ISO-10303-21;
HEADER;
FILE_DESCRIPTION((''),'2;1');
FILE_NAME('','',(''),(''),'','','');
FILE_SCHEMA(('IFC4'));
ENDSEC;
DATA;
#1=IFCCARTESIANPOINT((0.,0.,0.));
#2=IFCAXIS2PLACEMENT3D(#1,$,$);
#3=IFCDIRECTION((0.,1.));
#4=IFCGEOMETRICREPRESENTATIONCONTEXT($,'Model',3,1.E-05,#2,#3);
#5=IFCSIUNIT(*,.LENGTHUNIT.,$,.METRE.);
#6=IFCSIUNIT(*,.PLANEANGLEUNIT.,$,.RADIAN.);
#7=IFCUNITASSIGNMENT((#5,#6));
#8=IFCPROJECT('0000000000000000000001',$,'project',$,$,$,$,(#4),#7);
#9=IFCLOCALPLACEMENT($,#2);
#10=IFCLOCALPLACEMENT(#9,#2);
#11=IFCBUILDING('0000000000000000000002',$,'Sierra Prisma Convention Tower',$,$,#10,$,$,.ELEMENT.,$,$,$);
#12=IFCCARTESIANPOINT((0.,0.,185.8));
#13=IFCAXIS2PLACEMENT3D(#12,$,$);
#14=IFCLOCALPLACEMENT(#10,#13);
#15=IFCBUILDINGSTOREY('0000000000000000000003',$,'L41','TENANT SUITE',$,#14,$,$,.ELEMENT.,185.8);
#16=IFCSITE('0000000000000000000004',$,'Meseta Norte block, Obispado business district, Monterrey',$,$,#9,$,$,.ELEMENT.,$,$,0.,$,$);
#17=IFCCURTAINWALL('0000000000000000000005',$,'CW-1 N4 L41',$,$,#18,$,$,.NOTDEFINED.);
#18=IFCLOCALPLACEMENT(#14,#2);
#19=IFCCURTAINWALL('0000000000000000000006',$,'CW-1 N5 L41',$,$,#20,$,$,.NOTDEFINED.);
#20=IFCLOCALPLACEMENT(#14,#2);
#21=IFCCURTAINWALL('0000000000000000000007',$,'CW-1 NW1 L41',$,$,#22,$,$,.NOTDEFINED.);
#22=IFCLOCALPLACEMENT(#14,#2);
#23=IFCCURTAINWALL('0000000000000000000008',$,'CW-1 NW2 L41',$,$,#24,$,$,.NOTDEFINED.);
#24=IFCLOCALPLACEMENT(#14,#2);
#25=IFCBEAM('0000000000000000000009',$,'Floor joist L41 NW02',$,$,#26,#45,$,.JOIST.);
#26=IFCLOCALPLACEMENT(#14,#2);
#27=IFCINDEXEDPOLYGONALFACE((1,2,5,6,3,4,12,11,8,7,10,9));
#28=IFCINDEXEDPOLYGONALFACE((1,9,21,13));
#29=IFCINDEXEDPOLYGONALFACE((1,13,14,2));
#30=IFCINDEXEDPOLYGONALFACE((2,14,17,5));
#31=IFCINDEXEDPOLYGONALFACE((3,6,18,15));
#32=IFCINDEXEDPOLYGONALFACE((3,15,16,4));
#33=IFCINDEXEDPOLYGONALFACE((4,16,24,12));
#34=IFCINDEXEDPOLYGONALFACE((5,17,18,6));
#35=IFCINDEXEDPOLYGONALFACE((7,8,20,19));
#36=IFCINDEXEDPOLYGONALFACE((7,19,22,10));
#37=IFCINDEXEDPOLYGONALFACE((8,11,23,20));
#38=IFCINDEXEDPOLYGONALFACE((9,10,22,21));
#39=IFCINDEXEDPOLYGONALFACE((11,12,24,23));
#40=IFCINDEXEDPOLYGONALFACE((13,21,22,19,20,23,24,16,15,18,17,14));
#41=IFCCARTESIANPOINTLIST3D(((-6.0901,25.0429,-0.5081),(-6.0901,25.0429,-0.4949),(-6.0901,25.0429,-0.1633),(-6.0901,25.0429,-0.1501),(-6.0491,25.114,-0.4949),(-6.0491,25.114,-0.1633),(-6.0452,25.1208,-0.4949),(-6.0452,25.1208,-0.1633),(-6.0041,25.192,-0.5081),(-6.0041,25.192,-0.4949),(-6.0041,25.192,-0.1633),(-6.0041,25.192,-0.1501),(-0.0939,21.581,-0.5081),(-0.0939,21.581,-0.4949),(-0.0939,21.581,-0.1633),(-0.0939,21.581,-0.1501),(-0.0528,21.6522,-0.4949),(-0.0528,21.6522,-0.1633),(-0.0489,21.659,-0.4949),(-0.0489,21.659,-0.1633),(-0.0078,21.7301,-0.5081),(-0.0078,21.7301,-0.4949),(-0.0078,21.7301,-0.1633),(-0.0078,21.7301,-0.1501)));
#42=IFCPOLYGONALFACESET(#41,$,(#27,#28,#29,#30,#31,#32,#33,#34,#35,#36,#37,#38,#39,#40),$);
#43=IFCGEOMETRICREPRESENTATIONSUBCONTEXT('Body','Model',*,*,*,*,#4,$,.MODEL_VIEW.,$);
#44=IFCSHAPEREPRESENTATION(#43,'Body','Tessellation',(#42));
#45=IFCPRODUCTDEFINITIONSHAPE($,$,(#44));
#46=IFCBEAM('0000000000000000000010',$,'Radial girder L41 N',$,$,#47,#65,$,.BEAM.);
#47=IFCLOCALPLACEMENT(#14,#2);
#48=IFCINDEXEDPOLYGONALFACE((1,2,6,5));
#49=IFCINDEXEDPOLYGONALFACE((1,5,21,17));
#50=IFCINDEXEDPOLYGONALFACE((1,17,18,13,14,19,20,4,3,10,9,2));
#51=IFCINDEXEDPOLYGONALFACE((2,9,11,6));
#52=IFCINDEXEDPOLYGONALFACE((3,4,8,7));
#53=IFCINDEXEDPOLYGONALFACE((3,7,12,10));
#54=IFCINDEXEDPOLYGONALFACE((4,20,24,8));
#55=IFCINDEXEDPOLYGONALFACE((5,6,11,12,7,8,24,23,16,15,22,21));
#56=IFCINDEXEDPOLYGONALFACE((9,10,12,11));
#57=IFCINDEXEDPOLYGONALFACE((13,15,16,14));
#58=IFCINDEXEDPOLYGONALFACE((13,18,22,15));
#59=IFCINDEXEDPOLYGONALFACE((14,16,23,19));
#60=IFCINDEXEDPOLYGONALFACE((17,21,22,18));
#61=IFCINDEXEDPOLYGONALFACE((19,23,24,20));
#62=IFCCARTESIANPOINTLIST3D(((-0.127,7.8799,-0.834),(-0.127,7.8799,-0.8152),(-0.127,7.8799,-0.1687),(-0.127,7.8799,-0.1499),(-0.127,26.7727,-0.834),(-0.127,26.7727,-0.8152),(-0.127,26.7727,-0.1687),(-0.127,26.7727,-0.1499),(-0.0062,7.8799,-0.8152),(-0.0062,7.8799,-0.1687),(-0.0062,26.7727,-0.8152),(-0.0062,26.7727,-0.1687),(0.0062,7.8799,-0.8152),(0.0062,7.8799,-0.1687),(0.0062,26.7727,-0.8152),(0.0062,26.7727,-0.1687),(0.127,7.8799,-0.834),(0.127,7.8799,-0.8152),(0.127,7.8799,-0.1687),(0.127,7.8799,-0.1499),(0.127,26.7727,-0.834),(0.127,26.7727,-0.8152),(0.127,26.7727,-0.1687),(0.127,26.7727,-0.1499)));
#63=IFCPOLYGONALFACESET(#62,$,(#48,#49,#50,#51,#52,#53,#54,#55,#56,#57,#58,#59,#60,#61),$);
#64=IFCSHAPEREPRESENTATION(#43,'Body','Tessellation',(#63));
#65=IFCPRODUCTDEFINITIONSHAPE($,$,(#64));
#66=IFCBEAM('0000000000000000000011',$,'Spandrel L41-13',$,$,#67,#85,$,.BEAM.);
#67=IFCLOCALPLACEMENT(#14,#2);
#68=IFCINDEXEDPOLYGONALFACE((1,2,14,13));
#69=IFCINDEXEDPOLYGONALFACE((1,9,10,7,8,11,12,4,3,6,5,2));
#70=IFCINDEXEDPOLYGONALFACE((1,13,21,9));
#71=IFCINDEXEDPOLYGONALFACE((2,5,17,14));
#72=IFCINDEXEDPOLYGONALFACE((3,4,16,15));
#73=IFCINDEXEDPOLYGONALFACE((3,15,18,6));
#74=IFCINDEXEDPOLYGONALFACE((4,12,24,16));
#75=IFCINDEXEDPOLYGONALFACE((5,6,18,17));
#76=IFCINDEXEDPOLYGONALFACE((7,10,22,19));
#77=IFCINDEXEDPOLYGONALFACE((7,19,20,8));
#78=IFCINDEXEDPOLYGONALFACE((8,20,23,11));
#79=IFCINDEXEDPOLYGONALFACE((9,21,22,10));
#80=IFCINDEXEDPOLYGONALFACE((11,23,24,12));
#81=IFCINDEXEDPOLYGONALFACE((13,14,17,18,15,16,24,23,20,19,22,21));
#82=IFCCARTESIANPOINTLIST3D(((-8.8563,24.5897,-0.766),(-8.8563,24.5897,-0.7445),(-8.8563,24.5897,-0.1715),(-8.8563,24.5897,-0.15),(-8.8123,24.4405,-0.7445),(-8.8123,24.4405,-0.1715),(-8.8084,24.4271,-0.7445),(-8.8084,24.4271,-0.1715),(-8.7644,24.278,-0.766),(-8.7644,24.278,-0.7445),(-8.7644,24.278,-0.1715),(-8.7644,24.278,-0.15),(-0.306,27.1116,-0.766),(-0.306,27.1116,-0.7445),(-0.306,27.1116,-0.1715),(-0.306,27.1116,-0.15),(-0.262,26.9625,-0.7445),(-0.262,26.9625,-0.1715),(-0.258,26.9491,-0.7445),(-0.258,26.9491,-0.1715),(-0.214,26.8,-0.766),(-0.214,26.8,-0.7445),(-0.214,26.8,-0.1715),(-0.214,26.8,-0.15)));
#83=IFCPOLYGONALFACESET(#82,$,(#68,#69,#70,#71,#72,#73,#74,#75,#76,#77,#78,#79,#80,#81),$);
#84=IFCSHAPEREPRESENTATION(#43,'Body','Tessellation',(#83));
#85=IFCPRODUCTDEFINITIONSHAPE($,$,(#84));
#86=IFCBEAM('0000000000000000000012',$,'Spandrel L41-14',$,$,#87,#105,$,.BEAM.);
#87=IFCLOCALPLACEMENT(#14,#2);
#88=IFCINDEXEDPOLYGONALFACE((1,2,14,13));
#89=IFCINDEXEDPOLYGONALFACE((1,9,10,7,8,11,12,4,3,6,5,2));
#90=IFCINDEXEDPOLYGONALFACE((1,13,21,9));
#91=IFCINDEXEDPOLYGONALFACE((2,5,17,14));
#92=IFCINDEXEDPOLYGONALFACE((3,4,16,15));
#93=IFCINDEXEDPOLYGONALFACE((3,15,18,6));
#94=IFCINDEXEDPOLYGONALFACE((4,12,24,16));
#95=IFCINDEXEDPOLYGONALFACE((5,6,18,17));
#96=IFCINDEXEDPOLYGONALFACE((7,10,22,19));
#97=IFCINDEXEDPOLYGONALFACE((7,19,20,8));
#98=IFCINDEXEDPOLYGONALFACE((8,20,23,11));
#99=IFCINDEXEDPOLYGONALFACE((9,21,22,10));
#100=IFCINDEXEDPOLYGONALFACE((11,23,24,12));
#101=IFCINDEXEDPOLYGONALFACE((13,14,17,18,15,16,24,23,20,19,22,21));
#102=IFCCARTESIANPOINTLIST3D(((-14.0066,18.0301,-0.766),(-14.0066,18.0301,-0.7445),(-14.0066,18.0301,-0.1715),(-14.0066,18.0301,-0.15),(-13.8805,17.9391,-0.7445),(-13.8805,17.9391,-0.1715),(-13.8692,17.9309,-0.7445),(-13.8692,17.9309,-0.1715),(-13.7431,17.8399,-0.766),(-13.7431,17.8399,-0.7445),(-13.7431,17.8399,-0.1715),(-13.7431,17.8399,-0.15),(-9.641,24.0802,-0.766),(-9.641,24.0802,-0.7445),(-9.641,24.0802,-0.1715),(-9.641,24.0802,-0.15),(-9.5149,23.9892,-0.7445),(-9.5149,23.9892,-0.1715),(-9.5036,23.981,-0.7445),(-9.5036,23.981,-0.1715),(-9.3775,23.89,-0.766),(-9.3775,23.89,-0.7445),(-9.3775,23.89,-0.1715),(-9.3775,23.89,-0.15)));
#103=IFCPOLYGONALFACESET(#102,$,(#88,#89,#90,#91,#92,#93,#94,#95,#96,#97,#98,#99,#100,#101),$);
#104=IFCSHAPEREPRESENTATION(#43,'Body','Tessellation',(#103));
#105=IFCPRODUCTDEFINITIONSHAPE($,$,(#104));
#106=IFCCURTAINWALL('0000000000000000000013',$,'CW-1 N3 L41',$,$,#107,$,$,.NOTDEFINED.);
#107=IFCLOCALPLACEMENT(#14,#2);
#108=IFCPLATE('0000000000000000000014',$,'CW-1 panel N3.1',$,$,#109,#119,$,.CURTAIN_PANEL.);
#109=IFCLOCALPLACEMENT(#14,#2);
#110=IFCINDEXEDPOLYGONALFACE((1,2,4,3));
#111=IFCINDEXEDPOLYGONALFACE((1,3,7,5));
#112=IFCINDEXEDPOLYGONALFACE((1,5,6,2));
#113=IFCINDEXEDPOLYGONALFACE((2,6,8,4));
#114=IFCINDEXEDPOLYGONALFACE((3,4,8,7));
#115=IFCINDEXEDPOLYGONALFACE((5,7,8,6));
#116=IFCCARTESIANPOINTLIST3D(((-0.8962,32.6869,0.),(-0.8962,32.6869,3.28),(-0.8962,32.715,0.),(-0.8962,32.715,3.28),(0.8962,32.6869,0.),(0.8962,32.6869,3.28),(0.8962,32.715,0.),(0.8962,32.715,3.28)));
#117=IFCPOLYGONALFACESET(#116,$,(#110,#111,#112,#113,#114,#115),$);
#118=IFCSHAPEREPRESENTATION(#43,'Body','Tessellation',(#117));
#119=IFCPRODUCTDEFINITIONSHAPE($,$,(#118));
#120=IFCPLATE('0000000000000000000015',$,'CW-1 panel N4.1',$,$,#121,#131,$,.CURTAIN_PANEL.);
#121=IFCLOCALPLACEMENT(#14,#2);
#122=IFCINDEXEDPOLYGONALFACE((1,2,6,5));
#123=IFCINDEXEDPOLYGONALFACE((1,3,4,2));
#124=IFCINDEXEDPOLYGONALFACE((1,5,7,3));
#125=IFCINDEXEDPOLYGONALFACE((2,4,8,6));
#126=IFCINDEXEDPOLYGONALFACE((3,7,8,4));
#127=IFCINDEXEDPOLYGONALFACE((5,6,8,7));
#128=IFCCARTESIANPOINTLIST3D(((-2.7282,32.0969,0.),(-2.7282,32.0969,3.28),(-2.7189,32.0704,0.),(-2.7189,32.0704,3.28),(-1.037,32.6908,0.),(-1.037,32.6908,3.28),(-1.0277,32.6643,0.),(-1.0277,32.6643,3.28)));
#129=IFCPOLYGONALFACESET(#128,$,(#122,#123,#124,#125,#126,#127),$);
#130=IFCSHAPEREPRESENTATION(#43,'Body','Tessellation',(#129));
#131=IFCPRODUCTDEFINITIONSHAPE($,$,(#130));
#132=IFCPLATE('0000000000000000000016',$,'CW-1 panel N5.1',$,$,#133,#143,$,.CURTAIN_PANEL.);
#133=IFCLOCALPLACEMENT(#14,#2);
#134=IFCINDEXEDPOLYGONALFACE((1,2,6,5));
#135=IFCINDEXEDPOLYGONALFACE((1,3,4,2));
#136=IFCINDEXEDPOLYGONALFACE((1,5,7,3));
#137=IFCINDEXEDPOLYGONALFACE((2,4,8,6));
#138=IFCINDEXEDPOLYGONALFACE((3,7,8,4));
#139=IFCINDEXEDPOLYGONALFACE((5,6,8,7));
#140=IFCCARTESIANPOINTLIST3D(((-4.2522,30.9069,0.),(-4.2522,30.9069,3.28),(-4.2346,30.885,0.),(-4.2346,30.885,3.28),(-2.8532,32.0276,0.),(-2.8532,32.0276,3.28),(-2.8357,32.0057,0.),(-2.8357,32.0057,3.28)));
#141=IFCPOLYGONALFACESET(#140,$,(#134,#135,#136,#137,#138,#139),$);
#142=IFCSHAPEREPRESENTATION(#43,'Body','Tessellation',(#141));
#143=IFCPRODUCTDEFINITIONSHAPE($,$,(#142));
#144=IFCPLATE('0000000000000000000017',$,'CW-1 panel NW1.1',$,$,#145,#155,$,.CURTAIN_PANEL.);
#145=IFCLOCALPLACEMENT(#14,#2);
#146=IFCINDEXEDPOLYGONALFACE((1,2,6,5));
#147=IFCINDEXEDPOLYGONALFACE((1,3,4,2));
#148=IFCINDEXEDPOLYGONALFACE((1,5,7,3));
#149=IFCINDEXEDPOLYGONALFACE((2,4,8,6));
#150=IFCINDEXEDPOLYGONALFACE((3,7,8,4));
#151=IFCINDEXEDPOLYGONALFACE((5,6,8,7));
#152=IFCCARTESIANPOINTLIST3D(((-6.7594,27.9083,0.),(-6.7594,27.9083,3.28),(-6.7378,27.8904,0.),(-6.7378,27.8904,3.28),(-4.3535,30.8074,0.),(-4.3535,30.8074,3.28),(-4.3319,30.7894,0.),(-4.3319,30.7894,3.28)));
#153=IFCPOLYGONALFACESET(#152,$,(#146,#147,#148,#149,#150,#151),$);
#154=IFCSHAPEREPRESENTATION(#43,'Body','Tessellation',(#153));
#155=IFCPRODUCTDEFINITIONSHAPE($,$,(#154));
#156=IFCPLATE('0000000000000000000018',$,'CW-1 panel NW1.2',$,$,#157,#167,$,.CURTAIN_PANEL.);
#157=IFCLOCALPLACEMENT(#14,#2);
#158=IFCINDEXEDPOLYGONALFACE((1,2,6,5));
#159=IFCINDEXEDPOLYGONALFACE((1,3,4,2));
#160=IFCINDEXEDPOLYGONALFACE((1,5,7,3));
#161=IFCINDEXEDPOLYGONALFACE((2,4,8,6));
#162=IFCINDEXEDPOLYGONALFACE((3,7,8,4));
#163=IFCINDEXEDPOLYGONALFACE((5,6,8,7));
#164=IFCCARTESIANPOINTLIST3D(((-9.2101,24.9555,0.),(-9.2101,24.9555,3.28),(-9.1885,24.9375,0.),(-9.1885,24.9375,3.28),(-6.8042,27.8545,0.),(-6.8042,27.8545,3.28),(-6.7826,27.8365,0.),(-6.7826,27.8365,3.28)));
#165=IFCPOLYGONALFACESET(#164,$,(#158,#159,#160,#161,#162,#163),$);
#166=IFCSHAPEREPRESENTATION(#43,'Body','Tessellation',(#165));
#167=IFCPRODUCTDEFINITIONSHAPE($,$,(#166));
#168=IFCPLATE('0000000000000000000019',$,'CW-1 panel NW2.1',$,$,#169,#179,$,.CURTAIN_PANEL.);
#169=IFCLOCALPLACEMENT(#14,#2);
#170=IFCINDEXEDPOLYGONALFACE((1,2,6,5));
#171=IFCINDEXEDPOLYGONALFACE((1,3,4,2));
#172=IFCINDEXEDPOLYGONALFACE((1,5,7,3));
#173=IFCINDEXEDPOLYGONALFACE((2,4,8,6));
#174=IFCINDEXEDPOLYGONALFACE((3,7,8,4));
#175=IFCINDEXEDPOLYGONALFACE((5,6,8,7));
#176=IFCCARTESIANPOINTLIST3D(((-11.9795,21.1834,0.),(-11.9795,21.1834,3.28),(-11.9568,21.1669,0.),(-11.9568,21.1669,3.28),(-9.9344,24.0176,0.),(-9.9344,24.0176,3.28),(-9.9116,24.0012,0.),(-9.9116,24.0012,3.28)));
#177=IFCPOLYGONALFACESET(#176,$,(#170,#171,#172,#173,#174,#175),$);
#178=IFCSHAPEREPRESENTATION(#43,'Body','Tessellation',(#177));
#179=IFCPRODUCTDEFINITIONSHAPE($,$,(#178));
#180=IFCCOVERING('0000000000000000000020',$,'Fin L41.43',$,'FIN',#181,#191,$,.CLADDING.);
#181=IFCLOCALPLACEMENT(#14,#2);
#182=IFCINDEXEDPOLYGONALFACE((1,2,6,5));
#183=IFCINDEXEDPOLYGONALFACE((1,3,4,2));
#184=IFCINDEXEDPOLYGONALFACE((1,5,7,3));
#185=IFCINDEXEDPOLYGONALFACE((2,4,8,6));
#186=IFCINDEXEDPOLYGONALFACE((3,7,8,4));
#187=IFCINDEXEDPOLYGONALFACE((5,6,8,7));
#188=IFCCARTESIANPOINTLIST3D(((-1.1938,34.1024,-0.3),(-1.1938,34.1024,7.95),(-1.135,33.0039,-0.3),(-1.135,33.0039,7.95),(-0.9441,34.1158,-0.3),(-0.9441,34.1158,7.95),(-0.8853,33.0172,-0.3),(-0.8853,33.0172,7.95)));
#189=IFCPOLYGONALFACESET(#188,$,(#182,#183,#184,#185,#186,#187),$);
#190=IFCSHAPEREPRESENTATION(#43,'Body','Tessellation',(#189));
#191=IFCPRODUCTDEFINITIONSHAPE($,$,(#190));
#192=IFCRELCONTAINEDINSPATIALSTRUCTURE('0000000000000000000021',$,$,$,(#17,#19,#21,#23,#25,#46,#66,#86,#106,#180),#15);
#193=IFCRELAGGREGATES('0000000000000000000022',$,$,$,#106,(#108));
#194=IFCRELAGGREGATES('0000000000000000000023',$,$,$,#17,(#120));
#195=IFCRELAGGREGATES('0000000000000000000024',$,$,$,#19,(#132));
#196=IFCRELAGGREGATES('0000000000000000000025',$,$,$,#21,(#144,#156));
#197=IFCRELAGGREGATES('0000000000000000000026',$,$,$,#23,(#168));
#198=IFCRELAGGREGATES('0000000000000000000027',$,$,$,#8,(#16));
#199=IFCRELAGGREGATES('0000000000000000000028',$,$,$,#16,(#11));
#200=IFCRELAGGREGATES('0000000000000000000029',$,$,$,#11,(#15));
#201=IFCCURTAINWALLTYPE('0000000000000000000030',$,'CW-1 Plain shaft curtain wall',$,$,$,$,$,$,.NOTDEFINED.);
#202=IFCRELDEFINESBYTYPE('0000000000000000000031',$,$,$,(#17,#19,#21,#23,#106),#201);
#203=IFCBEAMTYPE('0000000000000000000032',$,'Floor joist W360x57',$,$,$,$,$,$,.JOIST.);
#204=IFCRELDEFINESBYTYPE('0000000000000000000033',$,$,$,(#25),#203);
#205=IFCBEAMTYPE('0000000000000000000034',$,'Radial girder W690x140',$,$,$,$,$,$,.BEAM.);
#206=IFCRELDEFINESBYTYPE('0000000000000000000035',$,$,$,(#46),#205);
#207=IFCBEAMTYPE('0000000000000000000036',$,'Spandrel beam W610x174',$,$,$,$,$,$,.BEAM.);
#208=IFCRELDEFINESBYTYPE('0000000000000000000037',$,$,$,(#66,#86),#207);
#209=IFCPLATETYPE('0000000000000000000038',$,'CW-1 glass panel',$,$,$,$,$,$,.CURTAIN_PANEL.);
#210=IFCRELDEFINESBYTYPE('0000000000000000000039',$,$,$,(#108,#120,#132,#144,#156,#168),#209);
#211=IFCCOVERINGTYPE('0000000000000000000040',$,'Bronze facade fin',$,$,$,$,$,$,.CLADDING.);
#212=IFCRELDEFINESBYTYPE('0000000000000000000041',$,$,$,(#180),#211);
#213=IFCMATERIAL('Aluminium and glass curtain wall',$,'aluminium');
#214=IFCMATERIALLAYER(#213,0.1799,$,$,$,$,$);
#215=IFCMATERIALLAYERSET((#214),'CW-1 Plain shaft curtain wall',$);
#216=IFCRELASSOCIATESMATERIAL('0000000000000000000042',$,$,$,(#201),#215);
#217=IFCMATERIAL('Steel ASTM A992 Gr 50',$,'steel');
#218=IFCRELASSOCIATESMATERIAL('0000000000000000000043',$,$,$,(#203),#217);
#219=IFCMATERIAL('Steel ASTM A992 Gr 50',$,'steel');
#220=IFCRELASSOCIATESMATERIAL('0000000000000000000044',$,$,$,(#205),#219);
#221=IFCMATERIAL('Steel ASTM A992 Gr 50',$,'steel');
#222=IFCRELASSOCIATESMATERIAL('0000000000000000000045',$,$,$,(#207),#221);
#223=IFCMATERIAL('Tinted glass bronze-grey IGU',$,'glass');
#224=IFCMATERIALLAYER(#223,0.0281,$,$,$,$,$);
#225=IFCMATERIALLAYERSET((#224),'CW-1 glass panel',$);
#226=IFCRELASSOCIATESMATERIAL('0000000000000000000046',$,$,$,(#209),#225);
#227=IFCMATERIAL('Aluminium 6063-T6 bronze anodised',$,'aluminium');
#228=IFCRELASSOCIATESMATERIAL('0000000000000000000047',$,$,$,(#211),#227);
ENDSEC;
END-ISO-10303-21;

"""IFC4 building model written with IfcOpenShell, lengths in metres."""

from ifc_helpers import new_model, si_unit, direction, frame, origin, origin_2d, place, context, subcontext, project, spatial, rectangle, i_section, extrude, material, layer, layer_set, material_profile, profile_set, type_object, element, aggregate, save


model = new_model("IFC4")

# Units and contexts
model_context = context("Model", 3, precision=1e-05, world=origin(), true_north=direction((0.0, 1.0)))
body_context = subcontext(model_context, "Body", "Model", "MODEL_VIEW")
ifc_project = project(units=[si_unit("LENGTHUNIT", "METRE"), si_unit("PLANEANGLEUNIT", "RADIAN")], contexts=[model_context])

# Site, building, storey
site_placement = place(None, origin())
site = spatial("IfcSite", under=ifc_project, at=site_placement, Name="Meseta Norte block, Obispado business district, Monterrey", CompositionType="ELEMENT", RefElevation=0.0)
building_placement = place(site_placement, origin())
building = spatial("IfcBuilding", under=site, at=building_placement, Name="Sierra Prisma Convention Tower", CompositionType="ELEMENT")
storey_placement = place(building_placement, frame((0.0, 0.0, 185.8)))
storey = spatial("IfcBuildingStorey", under=building, at=storey_placement, Name="L41", Description="TENANT SUITE", CompositionType="ELEMENT", Elevation=185.8)

# Curtain walls
ifc_material_1 = material(Name="Aluminium and glass curtain wall", Category="aluminium")
ifc_layer_1 = layer(ifc_material_1, 0.1799)
ifc_layer_set_1 = layer_set([ifc_layer_1], Name="CW-1 Plain shaft curtain wall")
curtain_wall_type = type_object("IfcCurtainWallType", Name="CW-1 Plain shaft curtain wall", PredefinedType="NOTDEFINED", material=ifc_layer_set_1)
curtain_wall_1_placement = place(storey_placement, origin())
curtain_wall_1 = element("IfcCurtainWall", 1, at=curtain_wall_1_placement, inside=storey, type_object=curtain_wall_type, Name="CW-1 N4 L41", PredefinedType="NOTDEFINED")
curtain_wall_2_placement = place(storey_placement, origin())
curtain_wall_2 = element("IfcCurtainWall", 2, at=curtain_wall_2_placement, inside=storey, type_object=curtain_wall_type, Name="CW-1 N5 L41", PredefinedType="NOTDEFINED")

# Curtain wall
curtain_wall_3_placement = place(storey_placement, origin())
curtain_wall_3 = element("IfcCurtainWall", 3, at=curtain_wall_3_placement, inside=storey, type_object=curtain_wall_type, Name="CW-1 NW1 L41", PredefinedType="NOTDEFINED")

# Curtain wall
curtain_wall_4_placement = place(storey_placement, origin())
curtain_wall_4 = element("IfcCurtainWall", 4, at=curtain_wall_4_placement, inside=storey, type_object=curtain_wall_type, Name="CW-1 NW2 L41", PredefinedType="NOTDEFINED")

# Beams
ifc_material_2 = material(Name="Steel ASTM A992 Gr 50", Category="steel")
ifc_material_profile_1 = material_profile(ifc_material_2, i_section(OverallWidth=0.1721, OverallDepth=0.3579, WebThickness=0.0078, FlangeThickness=0.0132, at=origin_2d()), Name="W360x57")
ifc_profile_set_1 = profile_set([ifc_material_profile_1], Name="Steel ASTM A992 Gr 50")
beam_type_1 = type_object("IfcBeamType", Name="Floor joist W360x57", PredefinedType="JOIST", material=ifc_profile_set_1)
beam_1_placement = place(storey_placement, frame((-6.0471, 25.1174, -0.3291), z_axis=(0.86603, -0.499992, 0.0), x_axis=(0.499992, 0.86603, 0.0)))
element("IfcBeam", 5, at=beam_1_placement, inside=storey, type_object=beam_type_1, Name="Floor joist L41 NW02", PredefinedType="JOIST", context=body_context, shape_type="SweptSolid", body=[
    extrude(i_section(OverallWidth=0.1721, OverallDepth=0.3579, WebThickness=0.0078, FlangeThickness=0.0132, at=origin_2d()), origin(), (0.0, 0.0, 1.0), 6.9238),
])
ifc_material_3 = material(Name="Steel ASTM A992 Gr 50", Category="steel")
ifc_material_profile_2 = material_profile(ifc_material_3, i_section(OverallWidth=0.2539, OverallDepth=0.6841, WebThickness=0.0125, FlangeThickness=0.0188, at=origin_2d()), Name="W690x140")
ifc_profile_set_2 = profile_set([ifc_material_profile_2], Name="Steel ASTM A992 Gr 50")
beam_type_2 = type_object("IfcBeamType", Name="Radial girder W690x140", PredefinedType="BEAM", material=ifc_profile_set_2)
beam_2_placement = place(storey_placement, frame((0.0, 26.7727, -0.4919), z_axis=(0.0, -1.0, 0.0), x_axis=(1.0, 0.0, 0.0)))
element("IfcBeam", 6, at=beam_2_placement, inside=storey, type_object=beam_type_2, Name="Radial girder L41 N", PredefinedType="BEAM", context=body_context, shape_type="SweptSolid", body=[
    extrude(i_section(OverallWidth=0.2539, OverallDepth=0.6841, WebThickness=0.0125, FlangeThickness=0.0188, at=origin_2d()), origin(), (0.0, 0.0, 1.0), 18.8928),
])
ifc_material_4 = material(Name="Steel ASTM A992 Gr 50", Category="steel")
ifc_material_profile_3 = material_profile(ifc_material_4, i_section(OverallWidth=0.325, OverallDepth=0.616, WebThickness=0.0139, FlangeThickness=0.0215, at=origin_2d()), Name="W610x174")
ifc_profile_set_3 = profile_set([ifc_material_profile_3], Name="Steel ASTM A992 Gr 50")
beam_type_3 = type_object("IfcBeamType", Name="Spandrel beam W610x174", PredefinedType="BEAM", material=ifc_profile_set_3)
beam_3_placement = place(storey_placement, frame((-0.26, 26.9558, -0.458), z_axis=(-0.959147, -0.282908, 0.0), x_axis=(0.282908, -0.959147, 0.0)))
element("IfcBeam", 7, at=beam_3_placement, inside=storey, type_object=beam_type_3, Name="Spandrel L41-13", PredefinedType="BEAM", context=body_context, shape_type="SweptSolid", body=[
    extrude(i_section(OverallWidth=0.325, OverallDepth=0.616, WebThickness=0.0139, FlangeThickness=0.0215, at=origin_2d()), origin(), (0.0, 0.0, 1.0), 8.9146),
])
beam_4_placement = place(storey_placement, frame((-9.5093, 23.9851, -0.458), z_axis=(-0.585138, -0.810934, 0.0), x_axis=(0.810934, -0.585138, 0.0)))
element("IfcBeam", 8, at=beam_4_placement, inside=storey, type_object=beam_type_3, Name="Spandrel L41-14", PredefinedType="BEAM", context=body_context, shape_type="SweptSolid", body=[
    extrude(i_section(OverallWidth=0.325, OverallDepth=0.616, WebThickness=0.0139, FlangeThickness=0.0215, at=origin_2d()), origin(), (0.0, 0.0, 1.0), 7.4607),
])

# Curtain wall, plate
curtain_wall_5_placement = place(storey_placement, origin())
curtain_wall_5 = element("IfcCurtainWall", 9, at=curtain_wall_5_placement, inside=storey, type_object=curtain_wall_type, Name="CW-1 N3 L41", PredefinedType="NOTDEFINED")
ifc_material_5 = material(Name="Tinted glass bronze-grey IGU", Category="glass")
ifc_layer_2 = layer(ifc_material_5, 0.0281)
ifc_layer_set_2 = layer_set([ifc_layer_2], Name="CW-1 glass panel")
plate_type = type_object("IfcPlateType", Name="CW-1 glass panel", PredefinedType="CURTAIN_PANEL", material=ifc_layer_set_2)
plate_1_placement = place(storey_placement, frame((0.0, 32.7009, 0.0), z_axis=(0.0, 0.0, 1.0), x_axis=(-1.0, 0.0, 0.0)))
plate_1 = element("IfcPlate", 10, at=plate_1_placement, type_object=plate_type, Name="CW-1 panel N3.1", PredefinedType="CURTAIN_PANEL", context=body_context, shape_type="SweptSolid", body=[
    extrude(rectangle(XDim=1.7925, YDim=0.0281, at=origin_2d()), origin(), (0.0, 0.0, 1.0), 3.28),
])
aggregate(curtain_wall_5, [plate_1])

# Plates
plate_2_placement = place(storey_placement, frame((-1.8779, 32.3806, 0.0), z_axis=(0.0, 0.0, 1.0), x_axis=(-0.943518, -0.33132, 0.0)))
plate_2 = element("IfcPlate", 11, at=plate_2_placement, type_object=plate_type, Name="CW-1 panel N4.1", PredefinedType="CURTAIN_PANEL", context=body_context, shape_type="SweptSolid", body=[
    extrude(rectangle(XDim=1.7925, YDim=0.0281, at=origin_2d()), origin(), (0.0, 0.0, 1.0), 3.28),
])
aggregate(curtain_wall_1, [plate_2])
plate_3_placement = place(storey_placement, frame((-3.5439, 31.4563, 0.0), z_axis=(0.0, 0.0, 1.0), x_axis=(-0.780454, -0.625214, 0.0)))
plate_3 = element("IfcPlate", 12, at=plate_3_placement, type_object=plate_type, Name="CW-1 panel N5.1", PredefinedType="CURTAIN_PANEL", context=body_context, shape_type="SweptSolid", body=[
    extrude(rectangle(XDim=1.7925, YDim=0.0281, at=origin_2d()), origin(), (0.0, 0.0, 1.0), 3.28),
])
aggregate(curtain_wall_2, [plate_3])
plate_4_placement = place(storey_placement, frame((-5.5457, 29.3489, 0.0), z_axis=(0.0, 0.0, 1.0), x_axis=(-0.63863, -0.769514, 0.0)))
plate_4 = element("IfcPlate", 13, at=plate_4_placement, type_object=plate_type, Name="CW-1 panel NW1.1", PredefinedType="CURTAIN_PANEL", context=body_context, shape_type="SweptSolid", body=[
    extrude(rectangle(XDim=3.7673, YDim=0.0281, at=origin_2d()), origin(), (0.0, 0.0, 1.0), 3.28),
])
plate_5_placement = place(storey_placement, frame((-7.9963, 26.396, 0.0), z_axis=(0.0, 0.0, 1.0), x_axis=(-0.63863, -0.769514, 0.0)))
plate_5 = element("IfcPlate", 14, at=plate_5_placement, type_object=plate_type, Name="CW-1 panel NW1.2", PredefinedType="CURTAIN_PANEL", context=body_context, shape_type="SweptSolid", body=[
    extrude(rectangle(XDim=3.7673, YDim=0.0281, at=origin_2d()), origin(), (0.0, 0.0, 1.0), 3.28),
])
aggregate(curtain_wall_3, [plate_4, plate_5])
plate_6_placement = place(storey_placement, frame((-10.9456, 22.5923, 0.0), z_axis=(0.0, 0.0, 1.0), x_axis=(-0.585154, -0.810923, 0.0)))
plate_6 = element("IfcPlate", 15, at=plate_6_placement, type_object=plate_type, Name="CW-1 panel NW2.1", PredefinedType="CURTAIN_PANEL", context=body_context, shape_type="SweptSolid", body=[
    extrude(rectangle(XDim=3.4951, YDim=0.0281, at=origin_2d()), origin(), (0.0, 0.0, 1.0), 3.28),
])
aggregate(curtain_wall_4, [plate_6])

# Covering
ifc_material_6 = material(Name="Aluminium 6063-T6 bronze anodised", Category="aluminium")
ifc_material_profile_4 = material_profile(ifc_material_6, rectangle(XDim=1.1001, YDim=0.25, at=origin_2d()), Name="ALU FIN 1100x250")
ifc_profile_set_4 = profile_set([ifc_material_profile_4], Name="Aluminium 6063-T6 bronze anodised")
covering_type = type_object("IfcCoveringType", Name="Bronze facade fin", PredefinedType="CLADDING", material=ifc_profile_set_4)
covering_placement = place(storey_placement, frame((-1.0396, 33.5598, -0.3), z_axis=(0.0, 0.0, 1.0), x_axis=(-0.053417, 0.998572, 0.0)))
element("IfcCovering", 16, at=covering_placement, inside=storey, type_object=covering_type, Name="Fin L41.43", ObjectType="FIN", PredefinedType="CLADDING", context=body_context, shape_type="SweptSolid", body=[
    extrude(rectangle(XDim=1.1001, YDim=0.25, at=origin_2d()), origin(), (0.0, 0.0, 1.0), 8.25),
])

save(model, "model.ifc")
